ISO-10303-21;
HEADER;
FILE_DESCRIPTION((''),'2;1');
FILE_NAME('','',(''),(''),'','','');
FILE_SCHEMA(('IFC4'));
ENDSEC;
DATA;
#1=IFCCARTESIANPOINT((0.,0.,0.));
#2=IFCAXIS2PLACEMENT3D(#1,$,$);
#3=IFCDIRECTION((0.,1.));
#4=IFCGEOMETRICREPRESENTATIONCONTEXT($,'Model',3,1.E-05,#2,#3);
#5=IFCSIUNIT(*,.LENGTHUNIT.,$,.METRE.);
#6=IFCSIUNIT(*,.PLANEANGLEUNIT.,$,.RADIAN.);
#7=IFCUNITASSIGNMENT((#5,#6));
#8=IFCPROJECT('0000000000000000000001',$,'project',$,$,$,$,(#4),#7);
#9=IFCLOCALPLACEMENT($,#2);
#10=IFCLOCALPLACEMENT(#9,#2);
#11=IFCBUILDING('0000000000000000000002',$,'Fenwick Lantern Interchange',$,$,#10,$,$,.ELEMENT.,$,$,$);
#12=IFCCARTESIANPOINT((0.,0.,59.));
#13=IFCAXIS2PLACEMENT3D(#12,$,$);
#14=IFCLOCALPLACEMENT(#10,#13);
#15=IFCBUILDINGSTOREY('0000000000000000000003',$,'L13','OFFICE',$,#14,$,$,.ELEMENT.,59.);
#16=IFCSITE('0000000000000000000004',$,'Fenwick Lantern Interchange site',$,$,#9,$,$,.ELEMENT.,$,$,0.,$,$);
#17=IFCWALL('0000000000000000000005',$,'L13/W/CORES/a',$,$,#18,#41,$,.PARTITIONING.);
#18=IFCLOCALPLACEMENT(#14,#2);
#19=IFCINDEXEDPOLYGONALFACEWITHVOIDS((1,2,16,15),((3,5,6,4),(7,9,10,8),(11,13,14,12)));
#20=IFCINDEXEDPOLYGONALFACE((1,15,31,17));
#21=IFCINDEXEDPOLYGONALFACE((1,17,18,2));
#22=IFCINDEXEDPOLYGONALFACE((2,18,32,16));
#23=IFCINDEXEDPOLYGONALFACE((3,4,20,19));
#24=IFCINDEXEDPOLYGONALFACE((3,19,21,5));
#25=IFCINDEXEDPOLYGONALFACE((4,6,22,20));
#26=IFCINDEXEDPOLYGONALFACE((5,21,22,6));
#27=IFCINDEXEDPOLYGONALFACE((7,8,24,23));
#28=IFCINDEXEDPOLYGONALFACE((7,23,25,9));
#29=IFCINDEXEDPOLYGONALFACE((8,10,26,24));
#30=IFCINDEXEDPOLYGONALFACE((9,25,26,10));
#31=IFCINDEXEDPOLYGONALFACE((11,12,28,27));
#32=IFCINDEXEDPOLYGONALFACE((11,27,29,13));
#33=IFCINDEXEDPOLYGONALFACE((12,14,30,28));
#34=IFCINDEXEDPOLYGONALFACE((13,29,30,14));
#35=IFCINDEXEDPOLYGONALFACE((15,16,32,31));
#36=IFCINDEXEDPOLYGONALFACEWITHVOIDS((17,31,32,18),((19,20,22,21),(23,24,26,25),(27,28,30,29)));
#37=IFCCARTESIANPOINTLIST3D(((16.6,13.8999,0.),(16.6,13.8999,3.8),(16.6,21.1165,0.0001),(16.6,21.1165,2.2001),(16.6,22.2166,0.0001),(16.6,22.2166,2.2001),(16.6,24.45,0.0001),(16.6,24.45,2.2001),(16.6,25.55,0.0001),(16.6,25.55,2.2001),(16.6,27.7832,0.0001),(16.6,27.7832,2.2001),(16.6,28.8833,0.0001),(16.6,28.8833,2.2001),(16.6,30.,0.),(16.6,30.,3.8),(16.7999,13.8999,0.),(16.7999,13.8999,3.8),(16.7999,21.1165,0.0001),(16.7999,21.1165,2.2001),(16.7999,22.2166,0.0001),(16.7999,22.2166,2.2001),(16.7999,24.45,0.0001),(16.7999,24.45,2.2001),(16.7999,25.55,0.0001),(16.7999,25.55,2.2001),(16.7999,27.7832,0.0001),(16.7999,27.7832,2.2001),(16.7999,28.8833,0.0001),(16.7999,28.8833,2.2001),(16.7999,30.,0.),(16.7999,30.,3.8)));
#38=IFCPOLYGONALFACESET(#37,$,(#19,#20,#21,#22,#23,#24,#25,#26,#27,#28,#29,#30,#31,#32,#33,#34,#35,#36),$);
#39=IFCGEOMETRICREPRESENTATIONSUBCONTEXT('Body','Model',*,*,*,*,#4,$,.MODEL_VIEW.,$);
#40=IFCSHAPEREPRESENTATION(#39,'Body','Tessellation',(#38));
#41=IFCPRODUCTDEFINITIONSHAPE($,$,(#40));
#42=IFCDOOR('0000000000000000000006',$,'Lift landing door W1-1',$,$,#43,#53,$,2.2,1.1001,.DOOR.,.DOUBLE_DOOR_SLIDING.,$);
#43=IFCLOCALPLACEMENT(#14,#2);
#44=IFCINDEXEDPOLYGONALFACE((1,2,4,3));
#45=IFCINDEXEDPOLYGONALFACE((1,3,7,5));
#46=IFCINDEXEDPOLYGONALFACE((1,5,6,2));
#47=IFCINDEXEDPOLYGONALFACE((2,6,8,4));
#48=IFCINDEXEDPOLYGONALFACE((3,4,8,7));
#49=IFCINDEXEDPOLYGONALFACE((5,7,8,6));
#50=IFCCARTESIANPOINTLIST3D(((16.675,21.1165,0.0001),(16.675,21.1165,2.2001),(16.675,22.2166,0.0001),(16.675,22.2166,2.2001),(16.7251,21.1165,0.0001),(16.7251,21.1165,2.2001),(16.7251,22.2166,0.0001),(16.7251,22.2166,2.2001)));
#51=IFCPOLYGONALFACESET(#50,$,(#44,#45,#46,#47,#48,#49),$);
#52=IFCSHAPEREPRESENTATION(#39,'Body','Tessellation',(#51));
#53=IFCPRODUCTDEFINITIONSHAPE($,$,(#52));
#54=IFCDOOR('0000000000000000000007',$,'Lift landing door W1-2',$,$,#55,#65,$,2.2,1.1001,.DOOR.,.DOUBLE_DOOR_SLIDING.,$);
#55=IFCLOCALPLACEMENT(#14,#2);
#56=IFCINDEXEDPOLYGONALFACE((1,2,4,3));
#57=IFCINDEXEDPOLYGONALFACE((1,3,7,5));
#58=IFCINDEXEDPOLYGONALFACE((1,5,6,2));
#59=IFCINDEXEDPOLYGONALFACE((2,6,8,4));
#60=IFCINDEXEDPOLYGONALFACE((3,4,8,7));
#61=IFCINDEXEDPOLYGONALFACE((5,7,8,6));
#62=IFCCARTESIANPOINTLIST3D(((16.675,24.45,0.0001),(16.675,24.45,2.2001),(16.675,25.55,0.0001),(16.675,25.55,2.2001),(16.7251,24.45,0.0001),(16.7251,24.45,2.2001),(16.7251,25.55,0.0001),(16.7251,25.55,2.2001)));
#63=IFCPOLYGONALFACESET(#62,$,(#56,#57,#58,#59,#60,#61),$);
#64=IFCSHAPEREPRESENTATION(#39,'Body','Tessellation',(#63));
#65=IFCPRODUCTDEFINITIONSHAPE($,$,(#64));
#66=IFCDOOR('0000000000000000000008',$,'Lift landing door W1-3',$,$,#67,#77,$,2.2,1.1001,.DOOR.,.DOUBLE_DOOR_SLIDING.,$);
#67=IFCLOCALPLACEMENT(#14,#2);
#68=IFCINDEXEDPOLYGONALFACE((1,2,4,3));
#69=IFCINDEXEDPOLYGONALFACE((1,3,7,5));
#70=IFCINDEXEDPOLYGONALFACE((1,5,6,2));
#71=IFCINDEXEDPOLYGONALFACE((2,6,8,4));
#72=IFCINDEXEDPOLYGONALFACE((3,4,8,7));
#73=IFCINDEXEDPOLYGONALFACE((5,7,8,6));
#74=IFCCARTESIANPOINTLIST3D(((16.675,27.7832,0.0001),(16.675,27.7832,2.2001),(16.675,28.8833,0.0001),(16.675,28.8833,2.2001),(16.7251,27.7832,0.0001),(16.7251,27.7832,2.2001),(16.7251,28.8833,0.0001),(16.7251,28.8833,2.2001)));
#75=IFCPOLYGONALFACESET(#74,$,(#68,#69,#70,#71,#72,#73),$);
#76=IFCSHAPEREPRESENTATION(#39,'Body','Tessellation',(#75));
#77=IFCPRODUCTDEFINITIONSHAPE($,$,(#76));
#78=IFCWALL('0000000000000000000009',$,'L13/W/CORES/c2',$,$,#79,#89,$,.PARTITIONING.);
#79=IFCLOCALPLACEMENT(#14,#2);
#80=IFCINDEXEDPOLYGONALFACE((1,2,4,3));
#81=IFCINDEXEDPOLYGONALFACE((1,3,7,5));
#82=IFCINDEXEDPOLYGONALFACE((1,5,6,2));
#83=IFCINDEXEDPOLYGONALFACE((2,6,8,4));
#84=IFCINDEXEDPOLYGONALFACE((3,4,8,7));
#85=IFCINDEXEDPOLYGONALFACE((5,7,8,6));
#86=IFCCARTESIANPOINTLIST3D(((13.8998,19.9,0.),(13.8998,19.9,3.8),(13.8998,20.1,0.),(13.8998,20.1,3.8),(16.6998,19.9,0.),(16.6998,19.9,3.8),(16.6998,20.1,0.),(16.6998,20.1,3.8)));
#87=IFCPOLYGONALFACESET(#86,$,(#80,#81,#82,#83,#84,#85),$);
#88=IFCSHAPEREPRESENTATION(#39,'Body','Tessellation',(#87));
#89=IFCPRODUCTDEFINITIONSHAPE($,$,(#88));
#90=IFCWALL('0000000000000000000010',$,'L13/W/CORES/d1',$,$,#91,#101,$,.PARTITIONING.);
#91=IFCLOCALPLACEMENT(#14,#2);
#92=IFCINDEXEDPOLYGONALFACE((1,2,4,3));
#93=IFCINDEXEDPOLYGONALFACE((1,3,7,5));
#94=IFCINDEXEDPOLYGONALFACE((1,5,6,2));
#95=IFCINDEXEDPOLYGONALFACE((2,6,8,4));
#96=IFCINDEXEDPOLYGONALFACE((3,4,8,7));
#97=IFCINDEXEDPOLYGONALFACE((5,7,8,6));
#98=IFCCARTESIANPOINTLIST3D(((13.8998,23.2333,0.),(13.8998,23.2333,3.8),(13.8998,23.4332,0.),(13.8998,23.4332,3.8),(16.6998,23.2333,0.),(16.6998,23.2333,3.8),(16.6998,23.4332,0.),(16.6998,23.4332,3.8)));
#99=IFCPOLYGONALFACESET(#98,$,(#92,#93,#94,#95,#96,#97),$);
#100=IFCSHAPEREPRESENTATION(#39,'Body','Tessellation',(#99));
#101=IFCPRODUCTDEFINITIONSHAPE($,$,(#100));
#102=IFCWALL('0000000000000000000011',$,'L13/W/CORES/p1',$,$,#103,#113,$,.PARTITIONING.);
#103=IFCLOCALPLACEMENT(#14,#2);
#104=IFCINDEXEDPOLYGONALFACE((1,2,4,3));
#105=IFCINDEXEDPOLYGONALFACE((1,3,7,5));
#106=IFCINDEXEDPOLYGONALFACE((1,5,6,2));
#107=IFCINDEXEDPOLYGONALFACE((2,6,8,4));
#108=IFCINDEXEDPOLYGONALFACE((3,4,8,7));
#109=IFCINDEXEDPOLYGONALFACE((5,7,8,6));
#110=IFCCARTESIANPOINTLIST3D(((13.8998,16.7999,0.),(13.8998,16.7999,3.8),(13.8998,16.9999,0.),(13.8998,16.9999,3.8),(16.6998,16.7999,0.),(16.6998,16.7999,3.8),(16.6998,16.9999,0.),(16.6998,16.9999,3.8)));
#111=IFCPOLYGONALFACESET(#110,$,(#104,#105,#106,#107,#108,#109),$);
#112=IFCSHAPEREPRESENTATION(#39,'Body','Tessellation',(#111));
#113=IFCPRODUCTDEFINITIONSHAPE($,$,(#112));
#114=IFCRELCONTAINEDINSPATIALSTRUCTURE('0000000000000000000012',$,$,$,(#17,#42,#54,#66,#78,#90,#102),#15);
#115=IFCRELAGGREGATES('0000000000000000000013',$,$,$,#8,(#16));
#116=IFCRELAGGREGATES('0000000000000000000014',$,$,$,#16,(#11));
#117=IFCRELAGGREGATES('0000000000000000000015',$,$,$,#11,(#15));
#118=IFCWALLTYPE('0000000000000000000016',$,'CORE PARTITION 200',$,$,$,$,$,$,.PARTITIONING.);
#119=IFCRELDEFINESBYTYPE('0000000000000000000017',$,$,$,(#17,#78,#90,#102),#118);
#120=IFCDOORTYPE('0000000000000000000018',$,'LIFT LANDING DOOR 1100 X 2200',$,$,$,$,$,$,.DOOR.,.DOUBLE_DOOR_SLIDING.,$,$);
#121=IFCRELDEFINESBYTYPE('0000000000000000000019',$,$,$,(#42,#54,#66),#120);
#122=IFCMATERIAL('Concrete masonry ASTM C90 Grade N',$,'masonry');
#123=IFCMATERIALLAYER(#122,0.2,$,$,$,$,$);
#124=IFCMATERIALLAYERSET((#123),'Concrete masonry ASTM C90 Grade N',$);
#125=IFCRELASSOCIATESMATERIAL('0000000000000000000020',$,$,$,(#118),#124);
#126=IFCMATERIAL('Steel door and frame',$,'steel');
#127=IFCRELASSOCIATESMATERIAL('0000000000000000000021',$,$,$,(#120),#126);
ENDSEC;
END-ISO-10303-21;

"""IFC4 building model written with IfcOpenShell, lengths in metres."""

from ifc_helpers import new_model, si_unit, direction, frame, frame_2d, origin, place, context, subcontext, project, spatial, rectangle, extrude, material, layer, layer_set, type_object, element, fill, save


model = new_model("IFC4")

# Units and contexts
model_context = context("Model", 3, precision=1e-05, world=origin(), true_north=direction((0.0, 1.0)))
body_context = subcontext(model_context, "Body", "Model", "MODEL_VIEW")
ifc_project = project(units=[si_unit("LENGTHUNIT", "METRE"), si_unit("PLANEANGLEUNIT", "RADIAN")], contexts=[model_context])

# Site, building, storey
site_placement = place(None, origin())
site = spatial("IfcSite", under=ifc_project, at=site_placement, Name="Fenwick Lantern Interchange site", CompositionType="ELEMENT", RefElevation=0.0)
building_placement = place(site_placement, origin())
building = spatial("IfcBuilding", under=site, at=building_placement, Name="Fenwick Lantern Interchange", CompositionType="ELEMENT")
storey_placement = place(building_placement, frame((0.0, 0.0, 59.0)))
storey = spatial("IfcBuildingStorey", under=building, at=storey_placement, Name="L13", Description="OFFICE", CompositionType="ELEMENT", Elevation=59.0)

# Wall, openings, doors
ifc_material_1 = material(Name="Concrete masonry ASTM C90 Grade N", Category="masonry")
ifc_layer_1 = layer(ifc_material_1, 0.2)
ifc_layer_set_1 = layer_set([ifc_layer_1], Name="Concrete masonry ASTM C90 Grade N")
wall_type_1 = type_object("IfcWallType", Name="CORE PARTITION 200", PredefinedType="PARTITIONING", material=ifc_layer_set_1)
wall_1_placement = place(storey_placement, frame((16.7, 13.8999, 0.0), z_axis=(0.0, 0.0, 1.0), x_axis=(0.0, 1.0, 0.0)))
wall_1 = element("IfcWall", 1, at=wall_1_placement, inside=storey, type_object=wall_type_1, Name="L13/W/CORES/a", PredefinedType="PARTITIONING", context=body_context, shape_type="SweptSolid", body=[
    extrude(rectangle(XDim=16.1001, YDim=0.2, at=frame_2d((8.05, 0.0))), origin(), (0.0, 0.0, 1.0), 3.8),
])
opening_1_placement = place(wall_1_placement, frame((7.2166, 0.0, 0.0)))
opening_1 = element("IfcOpeningElement", 2, at=opening_1_placement, cuts=wall_1, PredefinedType="OPENING", context=body_context, shape_type="SweptSolid", body=[
    extrude(rectangle(XDim=1.1001, YDim=2.2, at=frame_2d((0.55, 1.1001))), frame((0.0, 0.1099, 0.0), z_axis=(0.0, -1.0, 0.0), x_axis=(1.0, 0.0, 0.0)), (0.0, 0.0, 1.0), 0.22),
])
opening_2_placement = place(wall_1_placement, frame((10.55, 0.0, 0.0)))
opening_2 = element("IfcOpeningElement", 3, at=opening_2_placement, cuts=wall_1, PredefinedType="OPENING", context=body_context, shape_type="SweptSolid", body=[
    extrude(rectangle(XDim=1.1001, YDim=2.2, at=frame_2d((0.55, 1.1001))), frame((0.0, 0.1099, 0.0), z_axis=(0.0, -1.0, 0.0), x_axis=(1.0, 0.0, 0.0)), (0.0, 0.0, 1.0), 0.22),
])
opening_3_placement = place(wall_1_placement, frame((13.8833, 0.0, 0.0)))
opening_3 = element("IfcOpeningElement", 4, at=opening_3_placement, cuts=wall_1, PredefinedType="OPENING", context=body_context, shape_type="SweptSolid", body=[
    extrude(rectangle(XDim=1.1001, YDim=2.2, at=frame_2d((0.55, 1.1001))), frame((0.0, 0.1099, 0.0), z_axis=(0.0, -1.0, 0.0), x_axis=(1.0, 0.0, 0.0)), (0.0, 0.0, 1.0), 0.22),
])
ifc_material_2 = material(Name="Steel door and frame", Category="steel")
door_type_1 = type_object("IfcDoorType", Name="LIFT LANDING DOOR 1100 X 2200", OperationType="DOUBLE_DOOR_SLIDING", PredefinedType="DOOR", material=ifc_material_2)
door_1_placement = place(opening_1_placement, origin())
door_1 = element("IfcDoor", 5, at=door_1_placement, inside=storey, type_object=door_type_1, Name="Lift landing door W1-1", OperationType="DOUBLE_DOOR_SLIDING", OverallHeight=2.2, OverallWidth=1.1001, PredefinedType="DOOR", context=body_context, shape_type="SweptSolid", body=[
    extrude(rectangle(XDim=1.1001, YDim=2.2, at=frame_2d((0.55, 1.1001))), frame((0.0, 0.0249, 0.0), z_axis=(0.0, -1.0, 0.0), x_axis=(1.0, 0.0, 0.0)), (0.0, 0.0, 1.0), 0.05),
])
fill(opening_1, door_1)
door_2_placement = place(opening_2_placement, origin())
door_2 = element("IfcDoor", 6, at=door_2_placement, inside=storey, type_object=door_type_1, Name="Lift landing door W1-2", OperationType="DOUBLE_DOOR_SLIDING", OverallHeight=2.2, OverallWidth=1.1001, PredefinedType="DOOR", context=body_context, shape_type="SweptSolid", body=[
    extrude(rectangle(XDim=1.1001, YDim=2.2, at=frame_2d((0.55, 1.1001))), frame((0.0, 0.0249, 0.0), z_axis=(0.0, -1.0, 0.0), x_axis=(1.0, 0.0, 0.0)), (0.0, 0.0, 1.0), 0.05),
])
fill(opening_2, door_2)
door_3_placement = place(opening_3_placement, origin())
door_3 = element("IfcDoor", 7, at=door_3_placement, inside=storey, type_object=door_type_1, Name="Lift landing door W1-3", OperationType="DOUBLE_DOOR_SLIDING", OverallHeight=2.2, OverallWidth=1.1001, PredefinedType="DOOR", context=body_context, shape_type="SweptSolid", body=[
    extrude(rectangle(XDim=1.1001, YDim=2.2, at=frame_2d((0.55, 1.1001))), frame((0.0, 0.0249, 0.0), z_axis=(0.0, -1.0, 0.0), x_axis=(1.0, 0.0, 0.0)), (0.0, 0.0, 1.0), 0.05),
])
fill(opening_3, door_3)

# Walls
for number, where, z_axis, x_axis, name in (
    (8, (13.8999, 20.0, 0.0), (0.0, 0.0, 1.0), (1.0, 0.0, 0.0), "L13/W/CORES/c2"),
    (9, (13.8999, 23.3333, 0.0), (0.0, 0.0, 1.0), (1.0, 0.0, 0.0), "L13/W/CORES/d1"),
    (10, (13.8999, 16.8999, 0.0), (0.0, 0.0, 1.0), (1.0, 0.0, 0.0), "L13/W/CORES/p1"),
):
    element("IfcWall", number, at=place(storey_placement, frame(where, z_axis=z_axis, x_axis=x_axis)), inside=storey, type_object=wall_type_1, Name=name, PredefinedType="PARTITIONING", context=body_context, shape_type="SweptSolid", body=[
        extrude(rectangle(XDim=2.8, YDim=0.2, at=frame_2d((1.3999, 0.0))), origin(), (0.0, 0.0, 1.0), 3.8),
    ])

save(model, "model.ifc")
